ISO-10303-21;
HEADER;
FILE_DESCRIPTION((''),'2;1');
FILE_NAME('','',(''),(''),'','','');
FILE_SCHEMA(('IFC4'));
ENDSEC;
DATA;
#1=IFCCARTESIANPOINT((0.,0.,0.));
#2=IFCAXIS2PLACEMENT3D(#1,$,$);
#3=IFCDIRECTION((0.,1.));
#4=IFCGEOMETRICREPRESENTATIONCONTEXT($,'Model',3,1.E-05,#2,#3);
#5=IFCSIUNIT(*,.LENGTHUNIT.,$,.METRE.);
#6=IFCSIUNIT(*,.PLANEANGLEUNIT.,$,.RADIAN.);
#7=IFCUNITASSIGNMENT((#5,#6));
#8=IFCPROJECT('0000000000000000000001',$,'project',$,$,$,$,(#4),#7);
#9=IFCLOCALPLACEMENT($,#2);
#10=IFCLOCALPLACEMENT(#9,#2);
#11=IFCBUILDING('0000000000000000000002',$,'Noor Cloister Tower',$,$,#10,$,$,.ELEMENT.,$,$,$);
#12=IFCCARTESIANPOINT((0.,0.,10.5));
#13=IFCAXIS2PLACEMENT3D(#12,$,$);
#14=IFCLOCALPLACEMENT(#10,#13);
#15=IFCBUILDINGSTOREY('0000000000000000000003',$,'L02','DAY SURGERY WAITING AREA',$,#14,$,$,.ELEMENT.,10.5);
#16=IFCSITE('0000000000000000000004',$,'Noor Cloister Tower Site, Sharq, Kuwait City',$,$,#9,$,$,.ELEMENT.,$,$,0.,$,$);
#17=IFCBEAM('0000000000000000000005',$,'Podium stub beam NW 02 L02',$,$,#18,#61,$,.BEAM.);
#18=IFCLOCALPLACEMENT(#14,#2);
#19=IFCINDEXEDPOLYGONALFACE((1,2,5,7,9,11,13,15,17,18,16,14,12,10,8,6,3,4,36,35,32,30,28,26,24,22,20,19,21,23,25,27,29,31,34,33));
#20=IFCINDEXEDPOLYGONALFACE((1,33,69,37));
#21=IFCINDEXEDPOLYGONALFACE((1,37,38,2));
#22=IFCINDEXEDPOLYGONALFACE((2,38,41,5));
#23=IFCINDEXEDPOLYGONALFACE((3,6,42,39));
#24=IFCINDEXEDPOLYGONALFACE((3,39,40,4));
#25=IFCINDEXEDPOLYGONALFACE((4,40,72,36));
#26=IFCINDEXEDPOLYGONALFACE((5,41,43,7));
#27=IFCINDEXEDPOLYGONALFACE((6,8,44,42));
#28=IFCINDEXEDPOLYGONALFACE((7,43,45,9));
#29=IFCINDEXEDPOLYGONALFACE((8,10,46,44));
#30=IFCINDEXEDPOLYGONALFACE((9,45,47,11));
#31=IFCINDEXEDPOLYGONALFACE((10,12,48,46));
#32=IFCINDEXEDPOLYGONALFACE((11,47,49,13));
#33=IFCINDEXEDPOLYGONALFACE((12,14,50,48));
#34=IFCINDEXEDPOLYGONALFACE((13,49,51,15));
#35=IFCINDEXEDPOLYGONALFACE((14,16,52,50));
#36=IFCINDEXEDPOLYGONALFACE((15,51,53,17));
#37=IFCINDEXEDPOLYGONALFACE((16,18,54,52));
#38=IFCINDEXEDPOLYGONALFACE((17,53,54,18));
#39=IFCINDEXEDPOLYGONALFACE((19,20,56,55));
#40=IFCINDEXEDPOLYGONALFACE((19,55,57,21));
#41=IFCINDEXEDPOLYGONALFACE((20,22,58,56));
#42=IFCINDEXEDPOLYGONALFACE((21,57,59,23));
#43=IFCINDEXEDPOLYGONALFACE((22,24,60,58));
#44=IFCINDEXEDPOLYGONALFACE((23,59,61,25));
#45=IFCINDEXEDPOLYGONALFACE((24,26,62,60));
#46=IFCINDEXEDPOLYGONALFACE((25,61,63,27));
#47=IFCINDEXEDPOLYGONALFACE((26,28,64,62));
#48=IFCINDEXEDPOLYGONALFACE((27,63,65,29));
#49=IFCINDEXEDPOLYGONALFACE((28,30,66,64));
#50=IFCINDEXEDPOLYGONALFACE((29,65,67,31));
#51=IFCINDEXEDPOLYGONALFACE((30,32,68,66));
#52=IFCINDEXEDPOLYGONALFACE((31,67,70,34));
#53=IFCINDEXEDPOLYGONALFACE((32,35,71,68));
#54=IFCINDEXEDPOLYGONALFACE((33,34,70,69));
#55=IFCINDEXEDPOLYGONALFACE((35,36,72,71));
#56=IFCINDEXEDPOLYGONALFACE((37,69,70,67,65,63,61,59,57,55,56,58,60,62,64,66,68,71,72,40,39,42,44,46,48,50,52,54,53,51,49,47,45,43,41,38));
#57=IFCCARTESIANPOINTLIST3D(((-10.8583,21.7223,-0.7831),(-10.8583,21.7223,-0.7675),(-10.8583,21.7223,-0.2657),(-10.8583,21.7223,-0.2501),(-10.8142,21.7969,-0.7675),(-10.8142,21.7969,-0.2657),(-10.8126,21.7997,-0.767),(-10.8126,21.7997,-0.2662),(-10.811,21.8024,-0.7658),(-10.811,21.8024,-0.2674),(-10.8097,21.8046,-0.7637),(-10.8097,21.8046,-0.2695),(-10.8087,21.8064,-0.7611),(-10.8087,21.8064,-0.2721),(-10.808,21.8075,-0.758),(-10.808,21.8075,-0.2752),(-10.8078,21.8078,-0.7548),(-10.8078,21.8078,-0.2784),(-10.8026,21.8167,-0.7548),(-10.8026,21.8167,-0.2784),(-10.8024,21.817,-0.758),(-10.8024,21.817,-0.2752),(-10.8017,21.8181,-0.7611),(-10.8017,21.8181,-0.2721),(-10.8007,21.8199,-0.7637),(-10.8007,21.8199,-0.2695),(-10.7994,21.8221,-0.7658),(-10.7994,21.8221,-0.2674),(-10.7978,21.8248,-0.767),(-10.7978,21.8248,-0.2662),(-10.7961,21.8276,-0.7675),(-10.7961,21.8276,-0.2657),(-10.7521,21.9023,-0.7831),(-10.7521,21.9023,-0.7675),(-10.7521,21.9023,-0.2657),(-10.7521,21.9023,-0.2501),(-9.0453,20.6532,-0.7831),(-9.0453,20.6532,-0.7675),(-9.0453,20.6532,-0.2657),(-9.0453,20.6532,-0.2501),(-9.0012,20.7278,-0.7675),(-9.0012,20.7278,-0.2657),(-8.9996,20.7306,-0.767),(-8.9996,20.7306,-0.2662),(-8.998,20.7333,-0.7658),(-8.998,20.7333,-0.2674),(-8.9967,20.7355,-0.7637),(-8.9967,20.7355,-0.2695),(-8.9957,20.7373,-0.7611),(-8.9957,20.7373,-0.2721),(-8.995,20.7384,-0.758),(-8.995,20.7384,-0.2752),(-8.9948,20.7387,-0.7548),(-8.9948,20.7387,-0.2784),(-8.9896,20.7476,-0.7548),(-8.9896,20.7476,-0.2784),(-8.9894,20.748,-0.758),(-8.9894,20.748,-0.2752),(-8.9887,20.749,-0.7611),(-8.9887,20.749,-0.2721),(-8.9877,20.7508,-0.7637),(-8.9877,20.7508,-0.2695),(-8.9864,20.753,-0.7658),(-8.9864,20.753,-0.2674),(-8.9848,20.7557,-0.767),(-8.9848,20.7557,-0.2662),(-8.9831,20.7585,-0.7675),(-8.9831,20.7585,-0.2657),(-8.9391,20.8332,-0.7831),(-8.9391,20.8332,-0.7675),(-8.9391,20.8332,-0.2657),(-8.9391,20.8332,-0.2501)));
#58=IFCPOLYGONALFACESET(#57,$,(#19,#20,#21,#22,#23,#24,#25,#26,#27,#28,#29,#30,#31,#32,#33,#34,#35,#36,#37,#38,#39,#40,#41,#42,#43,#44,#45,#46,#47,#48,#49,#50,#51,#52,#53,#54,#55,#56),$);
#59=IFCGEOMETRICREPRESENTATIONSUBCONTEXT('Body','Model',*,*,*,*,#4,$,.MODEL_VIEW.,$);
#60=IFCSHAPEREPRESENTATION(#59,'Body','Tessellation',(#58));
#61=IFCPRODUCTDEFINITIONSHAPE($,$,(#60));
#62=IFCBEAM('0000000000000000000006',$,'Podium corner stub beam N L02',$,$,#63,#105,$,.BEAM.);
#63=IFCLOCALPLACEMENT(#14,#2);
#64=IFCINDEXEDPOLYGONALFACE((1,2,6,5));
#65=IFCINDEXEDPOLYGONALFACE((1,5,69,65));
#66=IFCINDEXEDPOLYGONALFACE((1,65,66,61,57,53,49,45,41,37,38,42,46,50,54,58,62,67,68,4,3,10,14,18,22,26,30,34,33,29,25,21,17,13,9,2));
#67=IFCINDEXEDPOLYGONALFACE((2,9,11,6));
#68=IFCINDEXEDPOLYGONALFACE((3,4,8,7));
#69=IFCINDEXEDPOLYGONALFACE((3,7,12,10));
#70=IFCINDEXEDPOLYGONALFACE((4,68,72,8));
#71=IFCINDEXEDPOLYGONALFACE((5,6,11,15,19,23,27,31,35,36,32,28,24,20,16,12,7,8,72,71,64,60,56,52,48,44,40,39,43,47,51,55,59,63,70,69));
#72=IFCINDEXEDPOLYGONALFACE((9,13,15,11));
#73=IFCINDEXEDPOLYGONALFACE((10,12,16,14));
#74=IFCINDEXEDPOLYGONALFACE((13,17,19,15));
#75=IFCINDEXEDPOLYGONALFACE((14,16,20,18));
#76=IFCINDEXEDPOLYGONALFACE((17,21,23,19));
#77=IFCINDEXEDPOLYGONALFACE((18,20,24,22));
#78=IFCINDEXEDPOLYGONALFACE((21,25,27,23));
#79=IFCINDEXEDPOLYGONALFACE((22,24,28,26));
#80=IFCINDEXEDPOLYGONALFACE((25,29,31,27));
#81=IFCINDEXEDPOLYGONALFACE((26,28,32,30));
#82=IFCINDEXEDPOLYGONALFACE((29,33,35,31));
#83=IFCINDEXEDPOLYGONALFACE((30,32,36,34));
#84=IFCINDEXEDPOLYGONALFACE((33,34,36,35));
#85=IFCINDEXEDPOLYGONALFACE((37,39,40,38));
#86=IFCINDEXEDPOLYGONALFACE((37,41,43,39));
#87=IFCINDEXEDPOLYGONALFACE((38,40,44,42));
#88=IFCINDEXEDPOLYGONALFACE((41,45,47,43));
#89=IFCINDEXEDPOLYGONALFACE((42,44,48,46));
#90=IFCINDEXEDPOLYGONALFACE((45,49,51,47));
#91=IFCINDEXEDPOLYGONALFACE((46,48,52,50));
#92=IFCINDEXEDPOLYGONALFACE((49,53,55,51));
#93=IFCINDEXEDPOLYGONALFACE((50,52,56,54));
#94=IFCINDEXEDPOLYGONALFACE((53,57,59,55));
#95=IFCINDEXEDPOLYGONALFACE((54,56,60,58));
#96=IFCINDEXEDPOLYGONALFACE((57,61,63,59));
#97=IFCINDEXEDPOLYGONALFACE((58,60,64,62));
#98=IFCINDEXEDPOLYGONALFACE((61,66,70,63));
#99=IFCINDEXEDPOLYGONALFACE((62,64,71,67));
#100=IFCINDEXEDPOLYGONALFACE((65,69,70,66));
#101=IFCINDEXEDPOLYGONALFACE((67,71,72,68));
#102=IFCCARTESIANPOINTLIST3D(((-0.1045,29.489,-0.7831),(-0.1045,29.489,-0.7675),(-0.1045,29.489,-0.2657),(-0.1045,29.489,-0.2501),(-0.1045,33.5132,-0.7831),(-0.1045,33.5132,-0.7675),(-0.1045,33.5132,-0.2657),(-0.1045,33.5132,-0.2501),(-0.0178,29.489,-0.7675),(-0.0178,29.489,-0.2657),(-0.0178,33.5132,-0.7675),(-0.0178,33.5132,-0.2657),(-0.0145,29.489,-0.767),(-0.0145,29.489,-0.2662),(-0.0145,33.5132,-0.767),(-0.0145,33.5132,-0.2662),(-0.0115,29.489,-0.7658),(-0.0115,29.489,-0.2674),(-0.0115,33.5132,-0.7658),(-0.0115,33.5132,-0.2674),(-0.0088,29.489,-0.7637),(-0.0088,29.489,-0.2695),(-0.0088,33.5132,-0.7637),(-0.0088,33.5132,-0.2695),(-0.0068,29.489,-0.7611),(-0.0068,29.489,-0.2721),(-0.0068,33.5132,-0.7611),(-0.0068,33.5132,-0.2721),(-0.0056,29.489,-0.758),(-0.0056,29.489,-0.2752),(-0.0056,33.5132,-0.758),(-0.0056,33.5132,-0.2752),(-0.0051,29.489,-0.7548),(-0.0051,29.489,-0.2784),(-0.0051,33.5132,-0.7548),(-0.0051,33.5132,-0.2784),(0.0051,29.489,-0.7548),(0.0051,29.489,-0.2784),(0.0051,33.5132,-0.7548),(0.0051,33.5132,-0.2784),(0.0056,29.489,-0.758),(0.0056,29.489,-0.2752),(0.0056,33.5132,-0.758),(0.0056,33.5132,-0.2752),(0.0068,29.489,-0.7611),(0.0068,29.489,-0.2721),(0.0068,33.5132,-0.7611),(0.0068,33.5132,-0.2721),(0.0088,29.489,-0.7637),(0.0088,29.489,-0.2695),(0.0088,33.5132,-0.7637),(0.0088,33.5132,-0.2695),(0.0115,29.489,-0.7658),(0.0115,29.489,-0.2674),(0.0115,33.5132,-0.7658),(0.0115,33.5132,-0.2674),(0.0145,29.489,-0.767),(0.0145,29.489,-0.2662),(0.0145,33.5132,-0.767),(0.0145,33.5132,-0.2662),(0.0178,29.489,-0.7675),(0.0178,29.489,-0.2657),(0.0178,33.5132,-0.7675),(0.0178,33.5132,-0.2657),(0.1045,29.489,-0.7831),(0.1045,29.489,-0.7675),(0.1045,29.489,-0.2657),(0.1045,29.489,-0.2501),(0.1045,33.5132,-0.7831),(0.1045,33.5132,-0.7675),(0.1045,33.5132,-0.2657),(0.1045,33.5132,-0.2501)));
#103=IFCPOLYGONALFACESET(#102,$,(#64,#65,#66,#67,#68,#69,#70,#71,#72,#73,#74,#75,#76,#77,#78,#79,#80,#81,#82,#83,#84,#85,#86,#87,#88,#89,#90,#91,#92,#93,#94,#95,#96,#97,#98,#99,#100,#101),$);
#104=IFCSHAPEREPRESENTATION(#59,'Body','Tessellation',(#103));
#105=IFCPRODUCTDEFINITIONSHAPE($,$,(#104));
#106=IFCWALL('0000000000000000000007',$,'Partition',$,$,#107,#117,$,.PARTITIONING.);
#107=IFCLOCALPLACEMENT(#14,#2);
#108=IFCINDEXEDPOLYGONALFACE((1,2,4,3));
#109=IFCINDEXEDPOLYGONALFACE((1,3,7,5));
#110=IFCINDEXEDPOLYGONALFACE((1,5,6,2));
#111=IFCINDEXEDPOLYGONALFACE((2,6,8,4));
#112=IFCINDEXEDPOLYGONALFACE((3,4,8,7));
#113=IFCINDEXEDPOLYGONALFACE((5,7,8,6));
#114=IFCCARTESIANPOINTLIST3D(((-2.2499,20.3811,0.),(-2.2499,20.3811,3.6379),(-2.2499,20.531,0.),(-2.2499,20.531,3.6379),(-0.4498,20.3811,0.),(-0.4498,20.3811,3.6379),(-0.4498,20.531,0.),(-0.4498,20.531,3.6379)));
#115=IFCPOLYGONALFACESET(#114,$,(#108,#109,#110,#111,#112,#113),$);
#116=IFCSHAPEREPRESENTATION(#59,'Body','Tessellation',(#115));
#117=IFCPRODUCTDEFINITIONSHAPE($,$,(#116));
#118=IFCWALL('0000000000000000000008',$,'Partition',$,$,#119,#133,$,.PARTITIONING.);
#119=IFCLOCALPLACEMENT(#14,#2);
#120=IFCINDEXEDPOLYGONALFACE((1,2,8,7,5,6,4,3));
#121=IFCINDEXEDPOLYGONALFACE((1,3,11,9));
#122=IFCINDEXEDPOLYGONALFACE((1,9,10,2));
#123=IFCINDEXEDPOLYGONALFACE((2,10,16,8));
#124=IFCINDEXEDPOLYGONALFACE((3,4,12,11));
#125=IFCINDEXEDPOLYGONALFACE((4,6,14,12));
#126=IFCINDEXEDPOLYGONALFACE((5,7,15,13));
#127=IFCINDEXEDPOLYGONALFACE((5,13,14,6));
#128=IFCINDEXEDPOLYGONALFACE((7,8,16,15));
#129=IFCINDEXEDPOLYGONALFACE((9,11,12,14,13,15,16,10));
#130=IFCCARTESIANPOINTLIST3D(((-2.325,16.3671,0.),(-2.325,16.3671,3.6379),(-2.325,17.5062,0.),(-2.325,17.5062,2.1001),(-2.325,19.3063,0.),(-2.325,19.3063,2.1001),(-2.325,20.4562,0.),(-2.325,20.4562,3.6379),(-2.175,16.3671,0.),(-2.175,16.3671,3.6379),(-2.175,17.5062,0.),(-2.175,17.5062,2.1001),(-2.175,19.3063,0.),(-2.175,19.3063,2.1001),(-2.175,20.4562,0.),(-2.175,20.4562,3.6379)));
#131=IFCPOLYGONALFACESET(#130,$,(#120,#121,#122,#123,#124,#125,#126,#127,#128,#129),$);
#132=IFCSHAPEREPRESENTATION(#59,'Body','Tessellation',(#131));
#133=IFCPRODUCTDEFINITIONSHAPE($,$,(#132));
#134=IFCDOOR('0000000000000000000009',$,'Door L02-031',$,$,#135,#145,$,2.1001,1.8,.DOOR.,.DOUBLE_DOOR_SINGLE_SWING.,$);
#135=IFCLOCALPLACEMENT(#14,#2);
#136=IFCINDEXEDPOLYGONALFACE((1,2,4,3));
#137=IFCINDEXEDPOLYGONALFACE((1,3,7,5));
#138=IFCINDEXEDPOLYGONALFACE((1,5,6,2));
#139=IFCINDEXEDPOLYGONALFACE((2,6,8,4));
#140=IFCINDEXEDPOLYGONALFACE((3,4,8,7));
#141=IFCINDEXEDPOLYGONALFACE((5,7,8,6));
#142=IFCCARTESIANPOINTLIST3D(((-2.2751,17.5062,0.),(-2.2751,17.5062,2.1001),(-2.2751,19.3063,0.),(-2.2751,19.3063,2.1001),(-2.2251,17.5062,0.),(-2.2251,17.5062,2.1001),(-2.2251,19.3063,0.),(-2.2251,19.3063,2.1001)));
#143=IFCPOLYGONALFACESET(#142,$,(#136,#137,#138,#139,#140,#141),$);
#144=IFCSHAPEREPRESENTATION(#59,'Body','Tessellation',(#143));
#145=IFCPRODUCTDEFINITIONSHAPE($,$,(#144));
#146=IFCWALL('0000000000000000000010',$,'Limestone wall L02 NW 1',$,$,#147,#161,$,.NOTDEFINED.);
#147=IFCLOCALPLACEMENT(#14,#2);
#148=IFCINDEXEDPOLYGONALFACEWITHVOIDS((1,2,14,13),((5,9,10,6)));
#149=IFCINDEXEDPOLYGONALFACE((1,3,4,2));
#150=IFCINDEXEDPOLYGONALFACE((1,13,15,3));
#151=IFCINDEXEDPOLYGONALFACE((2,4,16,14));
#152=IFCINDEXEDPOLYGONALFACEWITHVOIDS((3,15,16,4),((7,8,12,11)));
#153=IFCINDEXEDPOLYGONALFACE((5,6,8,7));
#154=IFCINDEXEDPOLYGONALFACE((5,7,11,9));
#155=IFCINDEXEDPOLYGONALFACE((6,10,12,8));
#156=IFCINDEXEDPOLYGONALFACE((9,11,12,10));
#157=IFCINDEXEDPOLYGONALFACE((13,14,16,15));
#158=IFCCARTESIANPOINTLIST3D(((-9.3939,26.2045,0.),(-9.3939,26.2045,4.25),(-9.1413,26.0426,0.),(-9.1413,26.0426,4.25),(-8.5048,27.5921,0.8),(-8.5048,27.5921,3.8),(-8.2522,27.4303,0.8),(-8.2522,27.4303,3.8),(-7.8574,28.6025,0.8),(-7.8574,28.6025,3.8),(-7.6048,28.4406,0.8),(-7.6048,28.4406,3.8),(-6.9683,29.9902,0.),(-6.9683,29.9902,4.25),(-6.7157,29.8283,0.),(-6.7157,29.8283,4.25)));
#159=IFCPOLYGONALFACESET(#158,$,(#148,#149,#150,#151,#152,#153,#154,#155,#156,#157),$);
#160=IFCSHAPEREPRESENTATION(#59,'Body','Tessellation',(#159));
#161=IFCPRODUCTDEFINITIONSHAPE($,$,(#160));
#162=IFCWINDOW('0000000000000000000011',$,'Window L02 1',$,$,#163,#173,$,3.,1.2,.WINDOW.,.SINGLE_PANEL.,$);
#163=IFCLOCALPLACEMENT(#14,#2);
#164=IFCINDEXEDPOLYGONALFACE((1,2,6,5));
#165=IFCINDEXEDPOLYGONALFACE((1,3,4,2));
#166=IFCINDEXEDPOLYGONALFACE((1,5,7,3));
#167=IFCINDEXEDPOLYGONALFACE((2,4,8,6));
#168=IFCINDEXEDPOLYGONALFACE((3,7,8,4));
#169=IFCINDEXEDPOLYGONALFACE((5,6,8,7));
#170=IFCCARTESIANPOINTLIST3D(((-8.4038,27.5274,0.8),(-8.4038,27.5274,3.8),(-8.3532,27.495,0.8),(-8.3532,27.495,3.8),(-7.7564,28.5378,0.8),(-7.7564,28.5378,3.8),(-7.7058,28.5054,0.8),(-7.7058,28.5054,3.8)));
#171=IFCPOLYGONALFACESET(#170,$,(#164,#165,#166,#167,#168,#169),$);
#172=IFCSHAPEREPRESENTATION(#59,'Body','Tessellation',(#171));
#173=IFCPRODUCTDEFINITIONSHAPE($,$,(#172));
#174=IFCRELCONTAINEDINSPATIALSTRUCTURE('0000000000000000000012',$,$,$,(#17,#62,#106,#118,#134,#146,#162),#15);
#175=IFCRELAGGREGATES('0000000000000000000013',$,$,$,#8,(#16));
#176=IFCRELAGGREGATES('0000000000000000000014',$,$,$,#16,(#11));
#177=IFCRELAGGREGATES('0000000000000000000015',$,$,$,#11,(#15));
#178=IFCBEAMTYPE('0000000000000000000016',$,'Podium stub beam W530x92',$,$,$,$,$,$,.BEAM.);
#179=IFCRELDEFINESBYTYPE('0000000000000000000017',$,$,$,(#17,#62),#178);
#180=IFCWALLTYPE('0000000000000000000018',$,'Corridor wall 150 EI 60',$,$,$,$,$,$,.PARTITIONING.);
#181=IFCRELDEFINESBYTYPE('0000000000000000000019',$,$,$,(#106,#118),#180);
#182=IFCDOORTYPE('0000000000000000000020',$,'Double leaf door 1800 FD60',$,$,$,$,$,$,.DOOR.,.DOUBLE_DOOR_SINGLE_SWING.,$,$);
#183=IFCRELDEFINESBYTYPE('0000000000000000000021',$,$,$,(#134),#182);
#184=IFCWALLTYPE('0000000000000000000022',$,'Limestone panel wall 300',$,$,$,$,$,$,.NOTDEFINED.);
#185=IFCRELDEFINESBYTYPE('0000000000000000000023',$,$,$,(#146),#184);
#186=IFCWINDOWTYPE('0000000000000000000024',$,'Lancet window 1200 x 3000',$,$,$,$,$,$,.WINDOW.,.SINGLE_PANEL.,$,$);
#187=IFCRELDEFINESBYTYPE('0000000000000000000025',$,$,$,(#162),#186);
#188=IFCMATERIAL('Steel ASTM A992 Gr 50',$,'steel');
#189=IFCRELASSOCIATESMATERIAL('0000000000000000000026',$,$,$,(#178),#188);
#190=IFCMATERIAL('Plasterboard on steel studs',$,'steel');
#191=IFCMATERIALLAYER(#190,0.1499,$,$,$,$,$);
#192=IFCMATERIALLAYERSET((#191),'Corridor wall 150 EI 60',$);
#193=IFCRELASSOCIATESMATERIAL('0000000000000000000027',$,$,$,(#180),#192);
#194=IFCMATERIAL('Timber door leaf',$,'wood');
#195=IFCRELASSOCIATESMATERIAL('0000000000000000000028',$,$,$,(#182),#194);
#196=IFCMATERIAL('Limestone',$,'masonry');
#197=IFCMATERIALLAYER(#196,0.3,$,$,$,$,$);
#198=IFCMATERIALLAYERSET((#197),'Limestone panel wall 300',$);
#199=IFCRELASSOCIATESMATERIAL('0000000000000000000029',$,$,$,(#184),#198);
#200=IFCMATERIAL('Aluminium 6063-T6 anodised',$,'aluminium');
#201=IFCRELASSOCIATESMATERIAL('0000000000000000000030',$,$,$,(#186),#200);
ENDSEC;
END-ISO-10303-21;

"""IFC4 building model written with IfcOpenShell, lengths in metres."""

from ifc_helpers import new_model, si_unit, direction, frame, frame_2d, origin, origin_2d, place, context, subcontext, project, spatial, rectangle, i_section, extrude, material, layer, layer_set, material_profile, profile_set, type_object, element, fill, save


model = new_model("IFC4")

# Units and contexts
model_context = context("Model", 3, precision=1e-05, world=origin(), true_north=direction((0.0, 1.0)))
body_context = subcontext(model_context, "Body", "Model", "MODEL_VIEW")
ifc_project = project(units=[si_unit("LENGTHUNIT", "METRE"), si_unit("PLANEANGLEUNIT", "RADIAN")], contexts=[model_context])

# Site, building, storey
site_placement = place(None, origin())
site = spatial("IfcSite", under=ifc_project, at=site_placement, Name="Noor Cloister Tower Site, Sharq, Kuwait City", CompositionType="ELEMENT", RefElevation=0.0)
building_placement = place(site_placement, origin())
building = spatial("IfcBuilding", under=site, at=building_placement, Name="Noor Cloister Tower", CompositionType="ELEMENT")
storey_placement = place(building_placement, frame((0.0, 0.0, 10.5)))
storey = spatial("IfcBuildingStorey", under=building, at=storey_placement, Name="L02", Description="DAY SURGERY WAITING AREA", CompositionType="ELEMENT", Elevation=10.5)

# Beams
ifc_material_1 = material(Name="Steel ASTM A992 Gr 50", Category="steel")
ifc_material_profile_1 = material_profile(ifc_material_1, i_section(OverallWidth=0.209, OverallDepth=0.533, WebThickness=0.0103, FlangeThickness=0.0156, FilletRadius=0.0127, at=origin_2d()), Name="W530x92")
ifc_profile_set_1 = profile_set([ifc_material_profile_1], Name="Steel ASTM A992 Gr 50")
beam_type_1 = type_object("IfcBeamType", Name="Podium stub beam W530x92", PredefinedType="BEAM", material=ifc_profile_set_1)
beam_1_placement = place(storey_placement, frame((-8.9922, 20.7432, -0.5166), z_axis=(-0.861388, 0.507948, 0.0), x_axis=(-0.507948, -0.861388, 0.0)))
element("IfcBeam", 1, at=beam_1_placement, inside=storey, type_object=beam_type_1, Name="Podium stub beam NW 02 L02", PredefinedType="BEAM", context=body_context, shape_type="SweptSolid", body=[
    extrude(i_section(OverallWidth=0.209, OverallDepth=0.533, WebThickness=0.0103, FlangeThickness=0.0156, FilletRadius=0.0127, at=origin_2d()), origin(), (0.0, 0.0, 1.0), 2.1047),
])
beam_2_placement = place(storey_placement, frame((0.0, 29.489, -0.5166), z_axis=(0.0, 1.0, 0.0), x_axis=(-1.0, 0.0, 0.0)))
element("IfcBeam", 2, at=beam_2_placement, inside=storey, type_object=beam_type_1, Name="Podium corner stub beam N L02", PredefinedType="BEAM", context=body_context, shape_type="SweptSolid", body=[
    extrude(i_section(OverallWidth=0.209, OverallDepth=0.533, WebThickness=0.0103, FlangeThickness=0.0156, FilletRadius=0.0127, at=origin_2d()), origin(), (0.0, 0.0, 1.0), 4.0242),
])

# Wall
ifc_material_2 = material(Name="Plasterboard on steel studs", Category="steel")
ifc_layer_1 = layer(ifc_material_2, 0.1499)
ifc_layer_set_1 = layer_set([ifc_layer_1], Name="Corridor wall 150 EI 60")
wall_type_1 = type_object("IfcWallType", Name="Corridor wall 150 EI 60", PredefinedType="PARTITIONING", material=ifc_layer_set_1)
wall_1_placement = place(storey_placement, frame((-0.45, 20.4561, 0.0), z_axis=(0.0, 0.0, 1.0), x_axis=(-1.0, 0.0, 0.0)))
element("IfcWall", 3, at=wall_1_placement, inside=storey, type_object=wall_type_1, Name="Partition", PredefinedType="PARTITIONING", context=body_context, shape_type="SweptSolid", body=[
    extrude(rectangle(XDim=1.8, YDim=0.1499, at=frame_2d((0.8999, 0.0))), origin(), (0.0, 0.0, 1.0), 3.6379),
])

# Wall, opening, door
wall_2_placement = place(storey_placement, frame((-2.25, 20.4561, 0.0), z_axis=(0.0, 0.0, 1.0), x_axis=(0.0, -1.0, 0.0)))
wall_2 = element("IfcWall", 4, at=wall_2_placement, inside=storey, type_object=wall_type_1, Name="Partition", PredefinedType="PARTITIONING", context=body_context, shape_type="SweptSolid", body=[
    extrude(rectangle(XDim=4.0891, YDim=0.1499, at=frame_2d((2.0444, 0.0))), origin(), (0.0, 0.0, 1.0), 3.6379),
])
opening_1_placement = place(wall_2_placement, frame((1.1499, 0.0, 0.0)))
opening_1 = element("IfcOpeningElement", 5, at=opening_1_placement, cuts=wall_2, PredefinedType="OPENING", context=body_context, shape_type="SweptSolid", body=[
    extrude(rectangle(XDim=1.8, YDim=2.1001, at=frame_2d((0.8999, 1.05))), frame((0.0, 0.085, 0.0), z_axis=(0.0, -1.0, 0.0), x_axis=(1.0, 0.0, 0.0)), (0.0, 0.0, 1.0), 0.1699),
])
ifc_material_3 = material(Name="Timber door leaf", Category="wood")
door_type = type_object("IfcDoorType", Name="Double leaf door 1800 FD60", OperationType="DOUBLE_DOOR_SINGLE_SWING", PredefinedType="DOOR", material=ifc_material_3)
door_placement = place(opening_1_placement, origin())
door = element("IfcDoor", 6, at=door_placement, inside=storey, type_object=door_type, Name="Door L02-031", OperationType="DOUBLE_DOOR_SINGLE_SWING", OverallHeight=2.1001, OverallWidth=1.8, PredefinedType="DOOR", context=body_context, shape_type="SweptSolid", body=[
    extrude(rectangle(XDim=1.8, YDim=2.1001, at=frame_2d((0.8999, 1.05))), frame((0.0, 0.0249, 0.0), z_axis=(0.0, -1.0, 0.0), x_axis=(1.0, 0.0, 0.0)), (0.0, 0.0, 1.0), 0.05),
])
fill(opening_1, door)

# Wall, opening, window
ifc_material_4 = material(Name="Limestone", Category="masonry")
ifc_layer_2 = layer(ifc_material_4, 0.3)
ifc_layer_set_2 = layer_set([ifc_layer_2], Name="Limestone panel wall 300")
wall_type_2 = type_object("IfcWallType", Name="Limestone panel wall 300", PredefinedType="NOTDEFINED", material=ifc_layer_set_2)
wall_3_placement = place(storey_placement, frame((-9.2676, 26.1235, 0.0), z_axis=(0.0, 0.0, 1.0), x_axis=(0.539484, 0.841996, 0.0)))
wall_3 = element("IfcWall", 7, at=wall_3_placement, inside=storey, type_object=wall_type_2, Name="Limestone wall L02 NW 1", PredefinedType="NOTDEFINED", context=body_context, shape_type="SweptSolid", body=[
    extrude(rectangle(XDim=4.4961, YDim=0.3, at=frame_2d((2.248, 0.0))), origin(), (0.0, 0.0, 1.0), 4.25),
])
opening_2_placement = place(wall_3_placement, frame((1.6479, 0.0, 0.8)))
opening_2 = element("IfcOpeningElement", 8, at=opening_2_placement, cuts=wall_3, PredefinedType="OPENING", context=body_context, shape_type="SweptSolid", body=[
    extrude(rectangle(XDim=1.2, YDim=3.0, at=frame_2d((0.6001, 1.5))), frame((0.0, 0.1602, 0.0), z_axis=(0.0, -1.0, 0.0), x_axis=(1.0, 0.0, 0.0)), (0.0, 0.0, 1.0), 0.3201),
])
ifc_material_5 = material(Name="Aluminium 6063-T6 anodised", Category="aluminium")
window_type_1 = type_object("IfcWindowType", Name="Lancet window 1200 x 3000", PartitioningType="SINGLE_PANEL", PredefinedType="WINDOW", material=ifc_material_5)
window_1_placement = place(opening_2_placement, origin())
window_1 = element("IfcWindow", 9, at=window_1_placement, inside=storey, type_object=window_type_1, Name="Window L02 1", OverallHeight=3.0, OverallWidth=1.2, PartitioningType="SINGLE_PANEL", PredefinedType="WINDOW", context=body_context, shape_type="SweptSolid", body=[
    extrude(rectangle(XDim=1.2, YDim=3.0, at=frame_2d((0.6001, 1.5))), frame((0.0, 0.03, 0.0), z_axis=(0.0, -1.0, 0.0), x_axis=(1.0, 0.0, 0.0)), (0.0, 0.0, 1.0), 0.0601),
])
fill(opening_2, window_1)

save(model, "model.ifc")
